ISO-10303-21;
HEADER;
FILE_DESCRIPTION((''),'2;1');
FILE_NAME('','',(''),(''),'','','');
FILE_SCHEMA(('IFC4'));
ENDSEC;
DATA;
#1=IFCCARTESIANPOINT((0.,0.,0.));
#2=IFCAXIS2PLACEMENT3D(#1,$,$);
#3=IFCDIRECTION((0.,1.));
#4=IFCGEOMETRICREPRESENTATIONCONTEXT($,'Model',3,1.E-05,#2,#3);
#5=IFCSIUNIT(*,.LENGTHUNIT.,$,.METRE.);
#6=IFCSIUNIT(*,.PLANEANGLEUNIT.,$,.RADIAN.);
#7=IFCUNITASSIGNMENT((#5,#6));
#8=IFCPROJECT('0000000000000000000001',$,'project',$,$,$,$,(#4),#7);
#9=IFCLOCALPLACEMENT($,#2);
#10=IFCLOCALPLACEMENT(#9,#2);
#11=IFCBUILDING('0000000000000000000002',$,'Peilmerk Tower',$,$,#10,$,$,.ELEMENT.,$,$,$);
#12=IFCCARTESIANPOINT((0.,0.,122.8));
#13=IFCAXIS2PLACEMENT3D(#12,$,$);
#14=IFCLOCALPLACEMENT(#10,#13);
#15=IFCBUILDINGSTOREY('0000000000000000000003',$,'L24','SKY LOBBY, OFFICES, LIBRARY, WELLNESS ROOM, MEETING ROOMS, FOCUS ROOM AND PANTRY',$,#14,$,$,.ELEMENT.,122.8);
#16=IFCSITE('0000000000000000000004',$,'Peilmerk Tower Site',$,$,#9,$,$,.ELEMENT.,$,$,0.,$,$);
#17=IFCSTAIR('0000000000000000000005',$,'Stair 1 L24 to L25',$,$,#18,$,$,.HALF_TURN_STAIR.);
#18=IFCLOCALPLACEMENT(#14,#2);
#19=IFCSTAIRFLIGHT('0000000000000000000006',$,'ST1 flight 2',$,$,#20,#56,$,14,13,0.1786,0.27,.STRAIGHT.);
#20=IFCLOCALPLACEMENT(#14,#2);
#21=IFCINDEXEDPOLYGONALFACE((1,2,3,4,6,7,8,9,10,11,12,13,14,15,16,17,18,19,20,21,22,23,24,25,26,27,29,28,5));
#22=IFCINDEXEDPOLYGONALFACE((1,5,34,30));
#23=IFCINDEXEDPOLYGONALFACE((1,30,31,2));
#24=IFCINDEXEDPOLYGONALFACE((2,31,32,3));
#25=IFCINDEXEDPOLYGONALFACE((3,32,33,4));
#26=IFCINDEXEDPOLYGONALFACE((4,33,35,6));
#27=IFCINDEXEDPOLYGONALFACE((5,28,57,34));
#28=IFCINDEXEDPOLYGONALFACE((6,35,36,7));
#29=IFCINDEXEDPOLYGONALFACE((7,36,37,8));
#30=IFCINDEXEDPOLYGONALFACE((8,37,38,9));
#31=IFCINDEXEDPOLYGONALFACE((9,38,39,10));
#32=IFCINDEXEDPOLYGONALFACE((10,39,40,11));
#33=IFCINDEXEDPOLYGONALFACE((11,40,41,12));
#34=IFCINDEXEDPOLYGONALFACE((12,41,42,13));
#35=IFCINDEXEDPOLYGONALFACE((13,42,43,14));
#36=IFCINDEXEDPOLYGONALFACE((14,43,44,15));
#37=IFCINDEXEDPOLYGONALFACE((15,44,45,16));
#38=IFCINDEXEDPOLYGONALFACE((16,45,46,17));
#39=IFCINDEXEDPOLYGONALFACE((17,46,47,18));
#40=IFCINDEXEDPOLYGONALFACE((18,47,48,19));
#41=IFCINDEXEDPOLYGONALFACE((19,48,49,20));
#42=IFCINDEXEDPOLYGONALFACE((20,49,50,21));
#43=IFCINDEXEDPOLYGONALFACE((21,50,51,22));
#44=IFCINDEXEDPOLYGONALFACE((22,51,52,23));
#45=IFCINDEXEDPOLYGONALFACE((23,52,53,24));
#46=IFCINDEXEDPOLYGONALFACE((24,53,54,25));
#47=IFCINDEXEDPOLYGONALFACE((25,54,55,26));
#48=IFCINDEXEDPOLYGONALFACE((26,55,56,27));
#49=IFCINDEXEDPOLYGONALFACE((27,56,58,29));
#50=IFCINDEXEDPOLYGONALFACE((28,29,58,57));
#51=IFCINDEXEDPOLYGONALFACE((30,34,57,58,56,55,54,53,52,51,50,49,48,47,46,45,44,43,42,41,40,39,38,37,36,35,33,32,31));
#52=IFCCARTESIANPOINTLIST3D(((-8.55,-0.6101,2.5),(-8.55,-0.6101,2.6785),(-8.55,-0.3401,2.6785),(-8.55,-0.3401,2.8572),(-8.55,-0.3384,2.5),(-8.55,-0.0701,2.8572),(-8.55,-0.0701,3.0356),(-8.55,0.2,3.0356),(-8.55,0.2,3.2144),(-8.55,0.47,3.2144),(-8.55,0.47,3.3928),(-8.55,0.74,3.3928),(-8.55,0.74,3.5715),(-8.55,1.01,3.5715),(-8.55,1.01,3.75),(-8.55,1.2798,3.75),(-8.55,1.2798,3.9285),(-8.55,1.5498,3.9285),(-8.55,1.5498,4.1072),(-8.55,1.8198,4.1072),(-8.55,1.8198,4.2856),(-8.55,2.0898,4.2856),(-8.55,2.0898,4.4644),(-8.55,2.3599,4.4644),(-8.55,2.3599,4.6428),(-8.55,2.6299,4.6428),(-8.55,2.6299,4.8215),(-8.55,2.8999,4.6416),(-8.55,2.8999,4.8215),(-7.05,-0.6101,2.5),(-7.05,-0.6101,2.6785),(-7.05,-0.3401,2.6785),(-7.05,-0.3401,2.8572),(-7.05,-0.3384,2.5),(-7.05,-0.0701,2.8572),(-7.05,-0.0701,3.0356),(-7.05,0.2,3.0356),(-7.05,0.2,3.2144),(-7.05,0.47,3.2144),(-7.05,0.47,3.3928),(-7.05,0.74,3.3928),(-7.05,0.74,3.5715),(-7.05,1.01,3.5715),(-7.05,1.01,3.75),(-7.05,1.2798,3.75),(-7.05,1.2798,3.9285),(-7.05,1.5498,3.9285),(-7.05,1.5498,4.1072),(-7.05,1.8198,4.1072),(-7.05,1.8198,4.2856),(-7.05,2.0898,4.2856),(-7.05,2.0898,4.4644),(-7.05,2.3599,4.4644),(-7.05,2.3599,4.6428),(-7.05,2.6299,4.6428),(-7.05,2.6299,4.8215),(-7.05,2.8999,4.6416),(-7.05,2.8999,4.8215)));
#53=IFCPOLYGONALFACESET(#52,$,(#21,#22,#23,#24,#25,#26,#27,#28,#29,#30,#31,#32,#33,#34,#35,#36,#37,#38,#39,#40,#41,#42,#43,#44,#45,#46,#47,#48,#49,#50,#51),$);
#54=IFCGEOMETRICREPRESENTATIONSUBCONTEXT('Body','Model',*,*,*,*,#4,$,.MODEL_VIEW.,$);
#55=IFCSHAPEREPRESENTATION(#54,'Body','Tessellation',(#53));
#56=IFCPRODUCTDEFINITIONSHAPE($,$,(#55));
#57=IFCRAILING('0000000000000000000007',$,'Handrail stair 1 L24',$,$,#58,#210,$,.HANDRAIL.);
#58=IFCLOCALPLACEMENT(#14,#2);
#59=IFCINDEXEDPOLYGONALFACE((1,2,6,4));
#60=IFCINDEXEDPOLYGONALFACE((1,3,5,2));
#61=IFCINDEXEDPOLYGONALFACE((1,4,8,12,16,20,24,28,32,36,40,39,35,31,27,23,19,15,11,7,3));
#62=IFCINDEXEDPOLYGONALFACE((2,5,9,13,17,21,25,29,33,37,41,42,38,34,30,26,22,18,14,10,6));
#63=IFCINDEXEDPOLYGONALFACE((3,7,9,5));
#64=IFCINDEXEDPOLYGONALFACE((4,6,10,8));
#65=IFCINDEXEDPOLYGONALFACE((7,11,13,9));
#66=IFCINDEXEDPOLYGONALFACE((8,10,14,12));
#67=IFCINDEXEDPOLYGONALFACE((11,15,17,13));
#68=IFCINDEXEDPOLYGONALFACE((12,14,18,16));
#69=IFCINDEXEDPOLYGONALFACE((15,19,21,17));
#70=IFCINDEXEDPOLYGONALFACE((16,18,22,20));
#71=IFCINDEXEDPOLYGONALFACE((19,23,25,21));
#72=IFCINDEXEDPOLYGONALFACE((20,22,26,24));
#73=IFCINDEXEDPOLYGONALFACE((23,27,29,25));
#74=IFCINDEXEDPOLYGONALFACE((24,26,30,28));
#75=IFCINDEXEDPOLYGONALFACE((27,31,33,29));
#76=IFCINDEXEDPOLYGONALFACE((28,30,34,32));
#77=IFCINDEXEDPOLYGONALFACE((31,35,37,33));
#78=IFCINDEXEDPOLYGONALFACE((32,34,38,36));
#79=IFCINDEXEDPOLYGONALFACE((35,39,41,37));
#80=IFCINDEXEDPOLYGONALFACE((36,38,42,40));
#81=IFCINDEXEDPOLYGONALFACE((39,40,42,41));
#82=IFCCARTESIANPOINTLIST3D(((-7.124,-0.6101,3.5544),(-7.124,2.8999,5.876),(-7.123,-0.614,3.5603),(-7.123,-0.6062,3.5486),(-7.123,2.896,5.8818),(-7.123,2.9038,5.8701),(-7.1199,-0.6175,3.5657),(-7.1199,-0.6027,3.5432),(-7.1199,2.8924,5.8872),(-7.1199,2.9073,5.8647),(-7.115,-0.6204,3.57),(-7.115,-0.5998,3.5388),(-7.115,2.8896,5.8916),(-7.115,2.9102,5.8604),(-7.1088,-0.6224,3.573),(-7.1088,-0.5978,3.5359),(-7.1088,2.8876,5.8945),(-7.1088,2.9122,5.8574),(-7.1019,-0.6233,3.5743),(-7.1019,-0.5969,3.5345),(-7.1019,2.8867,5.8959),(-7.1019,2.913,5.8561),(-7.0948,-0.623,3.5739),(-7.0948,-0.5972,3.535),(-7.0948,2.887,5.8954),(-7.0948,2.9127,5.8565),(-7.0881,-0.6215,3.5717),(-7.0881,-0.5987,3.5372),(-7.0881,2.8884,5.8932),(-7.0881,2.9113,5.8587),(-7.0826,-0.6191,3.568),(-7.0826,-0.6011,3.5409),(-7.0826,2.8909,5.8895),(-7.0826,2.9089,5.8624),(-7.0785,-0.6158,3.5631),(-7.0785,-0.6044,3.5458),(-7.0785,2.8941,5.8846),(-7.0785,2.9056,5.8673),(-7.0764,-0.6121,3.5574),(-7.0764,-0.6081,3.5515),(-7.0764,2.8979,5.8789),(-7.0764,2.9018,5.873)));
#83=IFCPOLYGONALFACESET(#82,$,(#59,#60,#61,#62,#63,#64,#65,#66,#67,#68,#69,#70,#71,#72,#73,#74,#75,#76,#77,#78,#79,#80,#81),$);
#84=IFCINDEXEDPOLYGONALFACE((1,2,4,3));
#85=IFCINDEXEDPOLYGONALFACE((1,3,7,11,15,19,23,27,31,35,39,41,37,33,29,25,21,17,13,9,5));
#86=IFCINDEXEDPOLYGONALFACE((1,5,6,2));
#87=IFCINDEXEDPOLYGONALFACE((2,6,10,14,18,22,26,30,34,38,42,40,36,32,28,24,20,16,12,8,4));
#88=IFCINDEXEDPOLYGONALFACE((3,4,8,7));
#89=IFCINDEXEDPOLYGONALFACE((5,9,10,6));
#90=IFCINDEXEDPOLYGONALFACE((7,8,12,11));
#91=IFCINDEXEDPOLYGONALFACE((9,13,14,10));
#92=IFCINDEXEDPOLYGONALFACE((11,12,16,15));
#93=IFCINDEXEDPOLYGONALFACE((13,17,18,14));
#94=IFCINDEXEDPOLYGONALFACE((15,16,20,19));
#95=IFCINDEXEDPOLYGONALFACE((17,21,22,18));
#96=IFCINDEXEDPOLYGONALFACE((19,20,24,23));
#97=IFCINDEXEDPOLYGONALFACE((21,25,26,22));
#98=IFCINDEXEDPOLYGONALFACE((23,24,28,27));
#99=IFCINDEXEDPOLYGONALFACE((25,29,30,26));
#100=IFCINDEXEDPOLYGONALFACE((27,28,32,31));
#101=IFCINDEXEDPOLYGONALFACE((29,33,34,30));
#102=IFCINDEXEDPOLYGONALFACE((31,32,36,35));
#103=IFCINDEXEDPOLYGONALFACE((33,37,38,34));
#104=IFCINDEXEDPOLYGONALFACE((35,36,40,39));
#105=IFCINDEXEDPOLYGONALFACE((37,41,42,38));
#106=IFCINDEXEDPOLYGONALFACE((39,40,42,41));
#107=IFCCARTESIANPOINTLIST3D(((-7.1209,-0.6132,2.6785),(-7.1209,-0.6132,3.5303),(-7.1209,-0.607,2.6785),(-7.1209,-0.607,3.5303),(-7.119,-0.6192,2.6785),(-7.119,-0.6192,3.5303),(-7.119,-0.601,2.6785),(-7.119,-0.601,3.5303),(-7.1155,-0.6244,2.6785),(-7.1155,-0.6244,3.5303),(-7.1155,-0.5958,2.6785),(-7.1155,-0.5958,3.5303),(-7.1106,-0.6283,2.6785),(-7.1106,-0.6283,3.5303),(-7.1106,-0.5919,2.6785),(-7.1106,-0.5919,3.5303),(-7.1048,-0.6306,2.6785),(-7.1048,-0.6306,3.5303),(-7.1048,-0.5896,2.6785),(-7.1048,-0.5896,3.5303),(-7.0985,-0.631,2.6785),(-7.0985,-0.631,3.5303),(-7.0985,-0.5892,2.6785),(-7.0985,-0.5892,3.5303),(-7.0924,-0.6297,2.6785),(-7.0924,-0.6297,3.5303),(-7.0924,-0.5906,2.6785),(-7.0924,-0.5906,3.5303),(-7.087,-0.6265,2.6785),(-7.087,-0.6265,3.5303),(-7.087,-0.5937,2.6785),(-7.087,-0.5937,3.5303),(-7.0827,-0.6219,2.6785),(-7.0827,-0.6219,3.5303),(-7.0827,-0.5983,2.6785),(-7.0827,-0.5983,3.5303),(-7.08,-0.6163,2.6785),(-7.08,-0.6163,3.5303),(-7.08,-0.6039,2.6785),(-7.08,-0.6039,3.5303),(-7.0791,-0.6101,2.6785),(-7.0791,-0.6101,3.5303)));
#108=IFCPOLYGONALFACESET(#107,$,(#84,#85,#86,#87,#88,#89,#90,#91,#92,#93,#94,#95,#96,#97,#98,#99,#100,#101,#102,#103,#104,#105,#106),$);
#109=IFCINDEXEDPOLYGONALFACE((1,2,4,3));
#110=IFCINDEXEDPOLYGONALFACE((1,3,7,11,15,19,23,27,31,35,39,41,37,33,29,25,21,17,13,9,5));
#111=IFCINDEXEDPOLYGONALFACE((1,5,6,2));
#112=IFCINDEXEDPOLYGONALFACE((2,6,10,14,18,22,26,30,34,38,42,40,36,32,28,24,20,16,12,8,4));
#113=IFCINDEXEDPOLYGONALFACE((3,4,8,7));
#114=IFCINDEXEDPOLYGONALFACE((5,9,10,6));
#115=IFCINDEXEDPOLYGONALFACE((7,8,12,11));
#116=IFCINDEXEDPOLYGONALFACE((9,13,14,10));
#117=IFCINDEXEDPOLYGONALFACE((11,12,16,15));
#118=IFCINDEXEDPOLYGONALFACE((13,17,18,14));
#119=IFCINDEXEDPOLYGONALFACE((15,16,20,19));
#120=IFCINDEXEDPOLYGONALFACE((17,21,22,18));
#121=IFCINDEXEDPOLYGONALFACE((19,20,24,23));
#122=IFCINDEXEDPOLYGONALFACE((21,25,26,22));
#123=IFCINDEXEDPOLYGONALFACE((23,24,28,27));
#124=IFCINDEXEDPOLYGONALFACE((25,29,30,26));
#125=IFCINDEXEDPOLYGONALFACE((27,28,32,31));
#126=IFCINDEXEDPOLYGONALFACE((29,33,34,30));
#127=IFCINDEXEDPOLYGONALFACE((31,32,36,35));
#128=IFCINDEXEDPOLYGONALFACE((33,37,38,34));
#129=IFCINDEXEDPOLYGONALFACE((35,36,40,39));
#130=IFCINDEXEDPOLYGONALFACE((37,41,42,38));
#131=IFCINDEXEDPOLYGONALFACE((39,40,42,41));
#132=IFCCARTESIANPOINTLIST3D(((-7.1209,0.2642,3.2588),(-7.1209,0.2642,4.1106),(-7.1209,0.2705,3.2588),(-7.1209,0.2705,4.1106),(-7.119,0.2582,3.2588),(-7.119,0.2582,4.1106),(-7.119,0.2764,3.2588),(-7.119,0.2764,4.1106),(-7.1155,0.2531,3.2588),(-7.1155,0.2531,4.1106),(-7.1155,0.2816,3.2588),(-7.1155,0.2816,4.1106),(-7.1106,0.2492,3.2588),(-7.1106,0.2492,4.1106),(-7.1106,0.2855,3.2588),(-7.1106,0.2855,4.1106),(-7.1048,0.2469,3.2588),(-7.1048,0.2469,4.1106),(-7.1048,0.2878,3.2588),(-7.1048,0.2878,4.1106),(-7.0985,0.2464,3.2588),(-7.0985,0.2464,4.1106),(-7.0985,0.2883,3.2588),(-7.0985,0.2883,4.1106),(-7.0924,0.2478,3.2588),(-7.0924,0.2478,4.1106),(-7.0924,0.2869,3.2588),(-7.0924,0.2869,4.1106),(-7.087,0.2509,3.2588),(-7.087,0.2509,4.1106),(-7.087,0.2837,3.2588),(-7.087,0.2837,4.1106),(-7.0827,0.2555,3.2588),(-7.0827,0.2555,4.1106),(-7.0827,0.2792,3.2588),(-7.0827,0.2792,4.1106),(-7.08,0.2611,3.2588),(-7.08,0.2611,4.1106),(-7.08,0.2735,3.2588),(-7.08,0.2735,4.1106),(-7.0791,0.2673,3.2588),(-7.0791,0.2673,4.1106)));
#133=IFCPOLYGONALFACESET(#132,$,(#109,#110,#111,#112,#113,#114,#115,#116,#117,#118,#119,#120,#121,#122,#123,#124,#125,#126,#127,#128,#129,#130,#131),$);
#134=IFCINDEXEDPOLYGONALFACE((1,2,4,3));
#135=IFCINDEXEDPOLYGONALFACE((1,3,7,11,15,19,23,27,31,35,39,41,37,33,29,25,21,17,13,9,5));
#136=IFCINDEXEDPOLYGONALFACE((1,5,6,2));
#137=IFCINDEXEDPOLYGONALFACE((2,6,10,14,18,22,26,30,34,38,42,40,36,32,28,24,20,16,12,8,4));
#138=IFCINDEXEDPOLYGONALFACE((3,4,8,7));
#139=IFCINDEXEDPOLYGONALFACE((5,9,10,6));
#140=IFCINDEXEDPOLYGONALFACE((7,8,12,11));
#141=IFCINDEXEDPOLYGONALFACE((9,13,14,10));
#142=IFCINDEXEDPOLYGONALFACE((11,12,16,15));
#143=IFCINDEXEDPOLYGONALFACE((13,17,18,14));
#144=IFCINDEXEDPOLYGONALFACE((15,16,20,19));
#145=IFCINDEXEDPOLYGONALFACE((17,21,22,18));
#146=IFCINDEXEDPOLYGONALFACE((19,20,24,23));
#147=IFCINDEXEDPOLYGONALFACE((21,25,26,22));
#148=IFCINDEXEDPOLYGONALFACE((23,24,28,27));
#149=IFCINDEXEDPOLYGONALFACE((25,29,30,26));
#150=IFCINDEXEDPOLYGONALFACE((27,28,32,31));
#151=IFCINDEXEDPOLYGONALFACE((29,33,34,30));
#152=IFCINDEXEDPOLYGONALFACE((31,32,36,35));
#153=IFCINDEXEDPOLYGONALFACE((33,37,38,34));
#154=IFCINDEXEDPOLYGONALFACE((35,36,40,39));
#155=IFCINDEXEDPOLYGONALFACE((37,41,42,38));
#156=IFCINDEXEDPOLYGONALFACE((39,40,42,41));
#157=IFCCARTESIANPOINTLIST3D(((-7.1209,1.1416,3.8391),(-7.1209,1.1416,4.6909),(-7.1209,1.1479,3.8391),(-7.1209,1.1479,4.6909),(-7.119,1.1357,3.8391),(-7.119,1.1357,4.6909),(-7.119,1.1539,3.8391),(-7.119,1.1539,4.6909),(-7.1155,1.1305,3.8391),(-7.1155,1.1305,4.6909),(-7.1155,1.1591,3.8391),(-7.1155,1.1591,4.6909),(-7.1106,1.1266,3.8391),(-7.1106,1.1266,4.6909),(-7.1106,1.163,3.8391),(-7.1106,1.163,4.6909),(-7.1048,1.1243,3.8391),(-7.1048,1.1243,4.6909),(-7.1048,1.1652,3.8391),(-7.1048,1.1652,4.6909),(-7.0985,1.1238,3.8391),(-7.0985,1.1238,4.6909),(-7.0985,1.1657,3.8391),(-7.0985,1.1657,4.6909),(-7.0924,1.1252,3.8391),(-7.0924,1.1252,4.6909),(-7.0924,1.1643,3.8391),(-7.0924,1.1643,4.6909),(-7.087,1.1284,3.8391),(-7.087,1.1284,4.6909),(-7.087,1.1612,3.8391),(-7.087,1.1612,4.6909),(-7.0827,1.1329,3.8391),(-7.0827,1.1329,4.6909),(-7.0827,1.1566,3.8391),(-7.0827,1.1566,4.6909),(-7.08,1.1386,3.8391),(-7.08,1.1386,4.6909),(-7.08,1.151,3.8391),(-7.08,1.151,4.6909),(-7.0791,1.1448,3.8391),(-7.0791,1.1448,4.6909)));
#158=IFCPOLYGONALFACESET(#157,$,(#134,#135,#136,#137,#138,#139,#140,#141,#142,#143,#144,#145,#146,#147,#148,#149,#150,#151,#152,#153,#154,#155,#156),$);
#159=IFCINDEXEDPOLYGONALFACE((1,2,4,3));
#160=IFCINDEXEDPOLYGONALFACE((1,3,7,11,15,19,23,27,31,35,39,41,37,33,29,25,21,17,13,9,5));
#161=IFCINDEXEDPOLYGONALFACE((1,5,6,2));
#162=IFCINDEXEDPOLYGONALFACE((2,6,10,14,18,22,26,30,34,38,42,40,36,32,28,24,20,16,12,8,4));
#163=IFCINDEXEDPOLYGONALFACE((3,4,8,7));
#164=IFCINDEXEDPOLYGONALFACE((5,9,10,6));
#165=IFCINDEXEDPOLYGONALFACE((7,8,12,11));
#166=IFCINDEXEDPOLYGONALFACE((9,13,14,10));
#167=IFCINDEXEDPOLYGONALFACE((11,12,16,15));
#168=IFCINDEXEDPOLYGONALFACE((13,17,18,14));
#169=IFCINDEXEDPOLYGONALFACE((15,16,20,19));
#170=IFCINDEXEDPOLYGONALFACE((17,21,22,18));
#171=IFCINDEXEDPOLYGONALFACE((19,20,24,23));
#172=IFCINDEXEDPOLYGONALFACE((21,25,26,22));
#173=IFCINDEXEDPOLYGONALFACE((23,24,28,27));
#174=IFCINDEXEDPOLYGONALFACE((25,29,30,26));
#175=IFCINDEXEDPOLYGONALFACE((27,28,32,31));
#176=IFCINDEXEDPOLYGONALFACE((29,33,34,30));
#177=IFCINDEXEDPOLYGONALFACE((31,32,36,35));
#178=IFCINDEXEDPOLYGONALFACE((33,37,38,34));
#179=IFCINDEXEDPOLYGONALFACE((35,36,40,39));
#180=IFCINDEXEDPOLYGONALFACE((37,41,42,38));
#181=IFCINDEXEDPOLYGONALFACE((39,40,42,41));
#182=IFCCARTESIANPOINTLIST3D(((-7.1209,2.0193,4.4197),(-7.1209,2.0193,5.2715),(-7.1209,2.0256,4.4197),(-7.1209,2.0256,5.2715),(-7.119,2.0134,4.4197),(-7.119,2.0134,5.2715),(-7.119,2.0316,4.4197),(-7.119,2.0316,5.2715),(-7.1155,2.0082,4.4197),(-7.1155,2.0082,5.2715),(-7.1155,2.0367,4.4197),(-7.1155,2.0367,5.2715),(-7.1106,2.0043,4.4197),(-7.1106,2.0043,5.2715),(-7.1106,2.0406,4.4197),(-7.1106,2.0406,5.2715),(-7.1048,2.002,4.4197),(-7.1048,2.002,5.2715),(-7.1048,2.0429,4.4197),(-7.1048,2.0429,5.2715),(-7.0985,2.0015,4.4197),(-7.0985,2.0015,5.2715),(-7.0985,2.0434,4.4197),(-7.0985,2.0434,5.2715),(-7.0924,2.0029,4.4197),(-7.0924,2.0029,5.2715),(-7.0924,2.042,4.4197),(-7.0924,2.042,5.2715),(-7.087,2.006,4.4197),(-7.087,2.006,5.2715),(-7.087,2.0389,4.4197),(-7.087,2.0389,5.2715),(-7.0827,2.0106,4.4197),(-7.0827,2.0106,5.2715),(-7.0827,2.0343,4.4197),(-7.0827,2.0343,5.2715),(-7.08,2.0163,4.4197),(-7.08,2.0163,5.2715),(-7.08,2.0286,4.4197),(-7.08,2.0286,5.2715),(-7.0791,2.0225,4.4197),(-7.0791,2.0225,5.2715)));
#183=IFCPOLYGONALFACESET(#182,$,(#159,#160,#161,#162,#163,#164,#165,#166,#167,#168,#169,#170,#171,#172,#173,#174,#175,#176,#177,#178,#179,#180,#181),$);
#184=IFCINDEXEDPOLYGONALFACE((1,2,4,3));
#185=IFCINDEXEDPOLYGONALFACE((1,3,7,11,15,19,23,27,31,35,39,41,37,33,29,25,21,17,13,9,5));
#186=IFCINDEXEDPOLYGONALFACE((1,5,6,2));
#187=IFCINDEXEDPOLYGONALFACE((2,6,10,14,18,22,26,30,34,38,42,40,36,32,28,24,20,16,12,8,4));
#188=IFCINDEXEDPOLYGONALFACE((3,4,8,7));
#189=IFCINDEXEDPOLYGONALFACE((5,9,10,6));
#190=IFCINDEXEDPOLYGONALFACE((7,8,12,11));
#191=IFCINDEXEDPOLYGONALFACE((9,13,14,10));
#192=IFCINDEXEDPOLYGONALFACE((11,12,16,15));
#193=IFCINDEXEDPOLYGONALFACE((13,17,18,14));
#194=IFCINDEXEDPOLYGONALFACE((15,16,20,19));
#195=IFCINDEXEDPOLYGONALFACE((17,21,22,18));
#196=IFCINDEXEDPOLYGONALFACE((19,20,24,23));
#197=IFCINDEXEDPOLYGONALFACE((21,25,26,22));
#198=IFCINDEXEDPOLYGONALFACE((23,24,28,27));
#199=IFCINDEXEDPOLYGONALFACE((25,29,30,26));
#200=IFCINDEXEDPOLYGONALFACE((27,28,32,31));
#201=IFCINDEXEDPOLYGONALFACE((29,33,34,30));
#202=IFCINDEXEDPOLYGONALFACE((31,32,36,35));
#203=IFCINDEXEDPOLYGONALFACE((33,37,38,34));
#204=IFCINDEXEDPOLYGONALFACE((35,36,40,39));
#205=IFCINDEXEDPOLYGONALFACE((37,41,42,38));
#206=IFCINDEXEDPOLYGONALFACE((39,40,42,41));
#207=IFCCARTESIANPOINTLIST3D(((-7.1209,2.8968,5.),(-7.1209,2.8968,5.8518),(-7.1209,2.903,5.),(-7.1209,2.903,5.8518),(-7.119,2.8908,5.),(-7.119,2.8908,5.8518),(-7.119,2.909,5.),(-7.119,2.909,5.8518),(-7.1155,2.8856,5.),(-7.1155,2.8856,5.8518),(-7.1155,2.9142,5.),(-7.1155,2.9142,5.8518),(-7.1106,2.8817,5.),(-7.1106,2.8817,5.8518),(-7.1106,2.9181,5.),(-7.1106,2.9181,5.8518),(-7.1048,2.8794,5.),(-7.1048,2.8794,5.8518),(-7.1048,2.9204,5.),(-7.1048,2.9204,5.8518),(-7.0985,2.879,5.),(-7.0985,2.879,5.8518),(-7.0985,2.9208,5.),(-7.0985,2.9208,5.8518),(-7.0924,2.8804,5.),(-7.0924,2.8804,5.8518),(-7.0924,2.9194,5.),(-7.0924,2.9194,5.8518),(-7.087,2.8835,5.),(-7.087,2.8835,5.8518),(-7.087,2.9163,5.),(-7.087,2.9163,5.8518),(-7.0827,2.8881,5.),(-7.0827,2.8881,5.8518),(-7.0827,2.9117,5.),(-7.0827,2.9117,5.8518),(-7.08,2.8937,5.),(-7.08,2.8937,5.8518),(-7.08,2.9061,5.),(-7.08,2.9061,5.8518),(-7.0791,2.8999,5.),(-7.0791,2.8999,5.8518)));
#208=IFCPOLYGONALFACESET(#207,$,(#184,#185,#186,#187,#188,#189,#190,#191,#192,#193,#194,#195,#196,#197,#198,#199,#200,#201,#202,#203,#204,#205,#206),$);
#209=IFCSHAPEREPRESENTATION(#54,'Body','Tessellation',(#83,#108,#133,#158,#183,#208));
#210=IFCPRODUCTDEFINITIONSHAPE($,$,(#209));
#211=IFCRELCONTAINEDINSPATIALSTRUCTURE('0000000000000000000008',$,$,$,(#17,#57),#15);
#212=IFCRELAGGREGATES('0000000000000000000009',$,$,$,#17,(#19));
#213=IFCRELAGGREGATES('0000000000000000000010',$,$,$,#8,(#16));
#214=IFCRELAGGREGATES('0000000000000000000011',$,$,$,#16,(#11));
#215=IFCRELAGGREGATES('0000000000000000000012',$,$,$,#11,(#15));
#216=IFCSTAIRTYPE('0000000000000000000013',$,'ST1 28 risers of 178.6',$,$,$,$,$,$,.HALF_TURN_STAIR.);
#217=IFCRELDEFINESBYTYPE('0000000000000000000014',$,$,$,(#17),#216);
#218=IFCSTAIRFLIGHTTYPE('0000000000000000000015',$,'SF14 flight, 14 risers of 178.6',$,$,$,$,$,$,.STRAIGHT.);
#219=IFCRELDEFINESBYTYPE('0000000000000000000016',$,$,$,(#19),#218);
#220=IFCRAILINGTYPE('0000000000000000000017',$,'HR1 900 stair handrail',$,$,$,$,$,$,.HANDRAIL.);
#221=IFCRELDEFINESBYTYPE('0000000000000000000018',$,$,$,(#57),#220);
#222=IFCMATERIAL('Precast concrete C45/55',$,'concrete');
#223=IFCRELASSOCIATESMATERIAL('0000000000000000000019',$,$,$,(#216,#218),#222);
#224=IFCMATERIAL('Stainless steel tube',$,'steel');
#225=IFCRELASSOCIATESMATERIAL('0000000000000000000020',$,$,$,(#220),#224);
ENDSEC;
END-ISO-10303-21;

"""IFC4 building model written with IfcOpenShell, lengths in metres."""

from ifc_helpers import new_model, si_unit, direction, frame, origin, origin_2d, place, context, subcontext, project, spatial, polyline, circle, outline, extrude, material, type_object, element, aggregate, save


model = new_model("IFC4")

# Units and contexts
model_context = context("Model", 3, precision=1e-05, world=origin(), true_north=direction((0.0, 1.0)))
body_context = subcontext(model_context, "Body", "Model", "MODEL_VIEW")
ifc_project = project(units=[si_unit("LENGTHUNIT", "METRE"), si_unit("PLANEANGLEUNIT", "RADIAN")], contexts=[model_context])

# Site, building, storey
site_placement = place(None, origin())
site = spatial("IfcSite", under=ifc_project, at=site_placement, Name="Peilmerk Tower Site", CompositionType="ELEMENT", RefElevation=0.0)
building_placement = place(site_placement, origin())
building = spatial("IfcBuilding", under=site, at=building_placement, Name="Peilmerk Tower", CompositionType="ELEMENT")
storey_placement = place(building_placement, frame((0.0, 0.0, 122.8)))
storey = spatial("IfcBuildingStorey", under=building, at=storey_placement, Name="L24", Description="SKY LOBBY, OFFICES, LIBRARY, WELLNESS ROOM, MEETING ROOMS, FOCUS ROOM AND PANTRY", CompositionType="ELEMENT", Elevation=122.8)

# Stair, stair flight
ifc_material_1 = material(Name="Precast concrete C45/55", Category="concrete")
stair_type = type_object("IfcStairType", Name="ST1 28 risers of 178.6", PredefinedType="HALF_TURN_STAIR", material=ifc_material_1)
stair_placement = place(storey_placement, origin())
stair = element("IfcStair", 1, at=stair_placement, inside=storey, type_object=stair_type, Name="Stair 1 L24 to L25", PredefinedType="HALF_TURN_STAIR")
stair_flight_type = type_object("IfcStairFlightType", Name="SF14 flight, 14 risers of 178.6", PredefinedType="STRAIGHT", material=ifc_material_1)
stair_flight_placement = place(storey_placement, frame((-7.8, -0.6101, 2.5), z_axis=(0.0, 0.0, 1.0), x_axis=(0.0, 1.0, 0.0)))
stair_flight = element("IfcStairFlight", 2, at=stair_flight_placement, type_object=stair_flight_type, Name="ST1 flight 2", NumberOfRisers=14, NumberOfTreads=13, PredefinedType="STRAIGHT", RiserHeight=0.1786, TreadLength=0.27, context=body_context, shape_type="SweptSolid", body=[
    extrude(outline(polyline([(0.0, 0.0), (0.0, 0.1785), (0.27, 0.1785), (0.27, 0.3572), (0.54, 0.3572), (0.54, 0.5356), (0.8101, 0.5356), (0.8101, 0.7144), (1.0801, 0.7144), (1.0801, 0.8928), (1.3501, 0.8928), (1.3501, 1.0715), (1.6201, 1.0715), (1.6201, 1.25), (1.8899, 1.25), (1.8899, 1.4285), (2.1599, 1.4285), (2.1599, 1.6072), (2.4299, 1.6072), (2.4299, 1.7856), (2.7, 1.7856), (2.7, 1.9644), (2.97, 1.9644), (2.97, 2.1428), (3.24, 2.1428), (3.24, 2.3215), (3.51, 2.3215), (3.51, 2.5), (3.51, 2.1416), (0.2717, 0.0), (0.0, 0.0)])), frame((0.0, 0.75, 0.0), z_axis=(0.0, -1.0, 0.0), x_axis=(1.0, 0.0, 0.0)), (0.0, 0.0, 1.0), 1.5),
])
aggregate(stair, [stair_flight])

# Railing
ifc_material_2 = material(Name="Stainless steel tube", Category="steel")
railing_type = type_object("IfcRailingType", Name="HR1 900 stair handrail", PredefinedType="HANDRAIL", material=ifc_material_2)
railing_placement = place(storey_placement, frame((-7.1001, -0.6101, 2.6785)))
element("IfcRailing", 3, at=railing_placement, inside=storey, type_object=railing_type, Name="Handrail stair 1 L24", PredefinedType="HANDRAIL", context=body_context, shape_type="SweptSolid", body=[
    extrude(circle(Radius=0.0239, at=origin_2d()), frame((0.0, 0.0, 0.876), z_axis=(0.0, 0.834071, 0.551657), x_axis=(-1.0, 0.0, 0.0)), (0.0, 0.0, 1.0), 4.2083),
    extrude(circle(Radius=0.021, at=origin_2d()), origin(), (0.0, 0.0, 1.0), 0.8518),
    extrude(circle(Radius=0.021, at=origin_2d()), frame((0.0, 0.8774, 0.5803)), (0.0, 0.0, 1.0), 0.8518),
    extrude(circle(Radius=0.021, at=origin_2d()), frame((0.0, 1.7549, 1.1606)), (0.0, 0.0, 1.0), 0.8518),
    extrude(circle(Radius=0.021, at=origin_2d()), frame((0.0, 2.6326, 1.7412)), (0.0, 0.0, 1.0), 0.8518),
    extrude(circle(Radius=0.021, at=origin_2d()), frame((0.0, 3.51, 2.3215)), (0.0, 0.0, 1.0), 0.8518),
])

save(model, "model.ifc")
